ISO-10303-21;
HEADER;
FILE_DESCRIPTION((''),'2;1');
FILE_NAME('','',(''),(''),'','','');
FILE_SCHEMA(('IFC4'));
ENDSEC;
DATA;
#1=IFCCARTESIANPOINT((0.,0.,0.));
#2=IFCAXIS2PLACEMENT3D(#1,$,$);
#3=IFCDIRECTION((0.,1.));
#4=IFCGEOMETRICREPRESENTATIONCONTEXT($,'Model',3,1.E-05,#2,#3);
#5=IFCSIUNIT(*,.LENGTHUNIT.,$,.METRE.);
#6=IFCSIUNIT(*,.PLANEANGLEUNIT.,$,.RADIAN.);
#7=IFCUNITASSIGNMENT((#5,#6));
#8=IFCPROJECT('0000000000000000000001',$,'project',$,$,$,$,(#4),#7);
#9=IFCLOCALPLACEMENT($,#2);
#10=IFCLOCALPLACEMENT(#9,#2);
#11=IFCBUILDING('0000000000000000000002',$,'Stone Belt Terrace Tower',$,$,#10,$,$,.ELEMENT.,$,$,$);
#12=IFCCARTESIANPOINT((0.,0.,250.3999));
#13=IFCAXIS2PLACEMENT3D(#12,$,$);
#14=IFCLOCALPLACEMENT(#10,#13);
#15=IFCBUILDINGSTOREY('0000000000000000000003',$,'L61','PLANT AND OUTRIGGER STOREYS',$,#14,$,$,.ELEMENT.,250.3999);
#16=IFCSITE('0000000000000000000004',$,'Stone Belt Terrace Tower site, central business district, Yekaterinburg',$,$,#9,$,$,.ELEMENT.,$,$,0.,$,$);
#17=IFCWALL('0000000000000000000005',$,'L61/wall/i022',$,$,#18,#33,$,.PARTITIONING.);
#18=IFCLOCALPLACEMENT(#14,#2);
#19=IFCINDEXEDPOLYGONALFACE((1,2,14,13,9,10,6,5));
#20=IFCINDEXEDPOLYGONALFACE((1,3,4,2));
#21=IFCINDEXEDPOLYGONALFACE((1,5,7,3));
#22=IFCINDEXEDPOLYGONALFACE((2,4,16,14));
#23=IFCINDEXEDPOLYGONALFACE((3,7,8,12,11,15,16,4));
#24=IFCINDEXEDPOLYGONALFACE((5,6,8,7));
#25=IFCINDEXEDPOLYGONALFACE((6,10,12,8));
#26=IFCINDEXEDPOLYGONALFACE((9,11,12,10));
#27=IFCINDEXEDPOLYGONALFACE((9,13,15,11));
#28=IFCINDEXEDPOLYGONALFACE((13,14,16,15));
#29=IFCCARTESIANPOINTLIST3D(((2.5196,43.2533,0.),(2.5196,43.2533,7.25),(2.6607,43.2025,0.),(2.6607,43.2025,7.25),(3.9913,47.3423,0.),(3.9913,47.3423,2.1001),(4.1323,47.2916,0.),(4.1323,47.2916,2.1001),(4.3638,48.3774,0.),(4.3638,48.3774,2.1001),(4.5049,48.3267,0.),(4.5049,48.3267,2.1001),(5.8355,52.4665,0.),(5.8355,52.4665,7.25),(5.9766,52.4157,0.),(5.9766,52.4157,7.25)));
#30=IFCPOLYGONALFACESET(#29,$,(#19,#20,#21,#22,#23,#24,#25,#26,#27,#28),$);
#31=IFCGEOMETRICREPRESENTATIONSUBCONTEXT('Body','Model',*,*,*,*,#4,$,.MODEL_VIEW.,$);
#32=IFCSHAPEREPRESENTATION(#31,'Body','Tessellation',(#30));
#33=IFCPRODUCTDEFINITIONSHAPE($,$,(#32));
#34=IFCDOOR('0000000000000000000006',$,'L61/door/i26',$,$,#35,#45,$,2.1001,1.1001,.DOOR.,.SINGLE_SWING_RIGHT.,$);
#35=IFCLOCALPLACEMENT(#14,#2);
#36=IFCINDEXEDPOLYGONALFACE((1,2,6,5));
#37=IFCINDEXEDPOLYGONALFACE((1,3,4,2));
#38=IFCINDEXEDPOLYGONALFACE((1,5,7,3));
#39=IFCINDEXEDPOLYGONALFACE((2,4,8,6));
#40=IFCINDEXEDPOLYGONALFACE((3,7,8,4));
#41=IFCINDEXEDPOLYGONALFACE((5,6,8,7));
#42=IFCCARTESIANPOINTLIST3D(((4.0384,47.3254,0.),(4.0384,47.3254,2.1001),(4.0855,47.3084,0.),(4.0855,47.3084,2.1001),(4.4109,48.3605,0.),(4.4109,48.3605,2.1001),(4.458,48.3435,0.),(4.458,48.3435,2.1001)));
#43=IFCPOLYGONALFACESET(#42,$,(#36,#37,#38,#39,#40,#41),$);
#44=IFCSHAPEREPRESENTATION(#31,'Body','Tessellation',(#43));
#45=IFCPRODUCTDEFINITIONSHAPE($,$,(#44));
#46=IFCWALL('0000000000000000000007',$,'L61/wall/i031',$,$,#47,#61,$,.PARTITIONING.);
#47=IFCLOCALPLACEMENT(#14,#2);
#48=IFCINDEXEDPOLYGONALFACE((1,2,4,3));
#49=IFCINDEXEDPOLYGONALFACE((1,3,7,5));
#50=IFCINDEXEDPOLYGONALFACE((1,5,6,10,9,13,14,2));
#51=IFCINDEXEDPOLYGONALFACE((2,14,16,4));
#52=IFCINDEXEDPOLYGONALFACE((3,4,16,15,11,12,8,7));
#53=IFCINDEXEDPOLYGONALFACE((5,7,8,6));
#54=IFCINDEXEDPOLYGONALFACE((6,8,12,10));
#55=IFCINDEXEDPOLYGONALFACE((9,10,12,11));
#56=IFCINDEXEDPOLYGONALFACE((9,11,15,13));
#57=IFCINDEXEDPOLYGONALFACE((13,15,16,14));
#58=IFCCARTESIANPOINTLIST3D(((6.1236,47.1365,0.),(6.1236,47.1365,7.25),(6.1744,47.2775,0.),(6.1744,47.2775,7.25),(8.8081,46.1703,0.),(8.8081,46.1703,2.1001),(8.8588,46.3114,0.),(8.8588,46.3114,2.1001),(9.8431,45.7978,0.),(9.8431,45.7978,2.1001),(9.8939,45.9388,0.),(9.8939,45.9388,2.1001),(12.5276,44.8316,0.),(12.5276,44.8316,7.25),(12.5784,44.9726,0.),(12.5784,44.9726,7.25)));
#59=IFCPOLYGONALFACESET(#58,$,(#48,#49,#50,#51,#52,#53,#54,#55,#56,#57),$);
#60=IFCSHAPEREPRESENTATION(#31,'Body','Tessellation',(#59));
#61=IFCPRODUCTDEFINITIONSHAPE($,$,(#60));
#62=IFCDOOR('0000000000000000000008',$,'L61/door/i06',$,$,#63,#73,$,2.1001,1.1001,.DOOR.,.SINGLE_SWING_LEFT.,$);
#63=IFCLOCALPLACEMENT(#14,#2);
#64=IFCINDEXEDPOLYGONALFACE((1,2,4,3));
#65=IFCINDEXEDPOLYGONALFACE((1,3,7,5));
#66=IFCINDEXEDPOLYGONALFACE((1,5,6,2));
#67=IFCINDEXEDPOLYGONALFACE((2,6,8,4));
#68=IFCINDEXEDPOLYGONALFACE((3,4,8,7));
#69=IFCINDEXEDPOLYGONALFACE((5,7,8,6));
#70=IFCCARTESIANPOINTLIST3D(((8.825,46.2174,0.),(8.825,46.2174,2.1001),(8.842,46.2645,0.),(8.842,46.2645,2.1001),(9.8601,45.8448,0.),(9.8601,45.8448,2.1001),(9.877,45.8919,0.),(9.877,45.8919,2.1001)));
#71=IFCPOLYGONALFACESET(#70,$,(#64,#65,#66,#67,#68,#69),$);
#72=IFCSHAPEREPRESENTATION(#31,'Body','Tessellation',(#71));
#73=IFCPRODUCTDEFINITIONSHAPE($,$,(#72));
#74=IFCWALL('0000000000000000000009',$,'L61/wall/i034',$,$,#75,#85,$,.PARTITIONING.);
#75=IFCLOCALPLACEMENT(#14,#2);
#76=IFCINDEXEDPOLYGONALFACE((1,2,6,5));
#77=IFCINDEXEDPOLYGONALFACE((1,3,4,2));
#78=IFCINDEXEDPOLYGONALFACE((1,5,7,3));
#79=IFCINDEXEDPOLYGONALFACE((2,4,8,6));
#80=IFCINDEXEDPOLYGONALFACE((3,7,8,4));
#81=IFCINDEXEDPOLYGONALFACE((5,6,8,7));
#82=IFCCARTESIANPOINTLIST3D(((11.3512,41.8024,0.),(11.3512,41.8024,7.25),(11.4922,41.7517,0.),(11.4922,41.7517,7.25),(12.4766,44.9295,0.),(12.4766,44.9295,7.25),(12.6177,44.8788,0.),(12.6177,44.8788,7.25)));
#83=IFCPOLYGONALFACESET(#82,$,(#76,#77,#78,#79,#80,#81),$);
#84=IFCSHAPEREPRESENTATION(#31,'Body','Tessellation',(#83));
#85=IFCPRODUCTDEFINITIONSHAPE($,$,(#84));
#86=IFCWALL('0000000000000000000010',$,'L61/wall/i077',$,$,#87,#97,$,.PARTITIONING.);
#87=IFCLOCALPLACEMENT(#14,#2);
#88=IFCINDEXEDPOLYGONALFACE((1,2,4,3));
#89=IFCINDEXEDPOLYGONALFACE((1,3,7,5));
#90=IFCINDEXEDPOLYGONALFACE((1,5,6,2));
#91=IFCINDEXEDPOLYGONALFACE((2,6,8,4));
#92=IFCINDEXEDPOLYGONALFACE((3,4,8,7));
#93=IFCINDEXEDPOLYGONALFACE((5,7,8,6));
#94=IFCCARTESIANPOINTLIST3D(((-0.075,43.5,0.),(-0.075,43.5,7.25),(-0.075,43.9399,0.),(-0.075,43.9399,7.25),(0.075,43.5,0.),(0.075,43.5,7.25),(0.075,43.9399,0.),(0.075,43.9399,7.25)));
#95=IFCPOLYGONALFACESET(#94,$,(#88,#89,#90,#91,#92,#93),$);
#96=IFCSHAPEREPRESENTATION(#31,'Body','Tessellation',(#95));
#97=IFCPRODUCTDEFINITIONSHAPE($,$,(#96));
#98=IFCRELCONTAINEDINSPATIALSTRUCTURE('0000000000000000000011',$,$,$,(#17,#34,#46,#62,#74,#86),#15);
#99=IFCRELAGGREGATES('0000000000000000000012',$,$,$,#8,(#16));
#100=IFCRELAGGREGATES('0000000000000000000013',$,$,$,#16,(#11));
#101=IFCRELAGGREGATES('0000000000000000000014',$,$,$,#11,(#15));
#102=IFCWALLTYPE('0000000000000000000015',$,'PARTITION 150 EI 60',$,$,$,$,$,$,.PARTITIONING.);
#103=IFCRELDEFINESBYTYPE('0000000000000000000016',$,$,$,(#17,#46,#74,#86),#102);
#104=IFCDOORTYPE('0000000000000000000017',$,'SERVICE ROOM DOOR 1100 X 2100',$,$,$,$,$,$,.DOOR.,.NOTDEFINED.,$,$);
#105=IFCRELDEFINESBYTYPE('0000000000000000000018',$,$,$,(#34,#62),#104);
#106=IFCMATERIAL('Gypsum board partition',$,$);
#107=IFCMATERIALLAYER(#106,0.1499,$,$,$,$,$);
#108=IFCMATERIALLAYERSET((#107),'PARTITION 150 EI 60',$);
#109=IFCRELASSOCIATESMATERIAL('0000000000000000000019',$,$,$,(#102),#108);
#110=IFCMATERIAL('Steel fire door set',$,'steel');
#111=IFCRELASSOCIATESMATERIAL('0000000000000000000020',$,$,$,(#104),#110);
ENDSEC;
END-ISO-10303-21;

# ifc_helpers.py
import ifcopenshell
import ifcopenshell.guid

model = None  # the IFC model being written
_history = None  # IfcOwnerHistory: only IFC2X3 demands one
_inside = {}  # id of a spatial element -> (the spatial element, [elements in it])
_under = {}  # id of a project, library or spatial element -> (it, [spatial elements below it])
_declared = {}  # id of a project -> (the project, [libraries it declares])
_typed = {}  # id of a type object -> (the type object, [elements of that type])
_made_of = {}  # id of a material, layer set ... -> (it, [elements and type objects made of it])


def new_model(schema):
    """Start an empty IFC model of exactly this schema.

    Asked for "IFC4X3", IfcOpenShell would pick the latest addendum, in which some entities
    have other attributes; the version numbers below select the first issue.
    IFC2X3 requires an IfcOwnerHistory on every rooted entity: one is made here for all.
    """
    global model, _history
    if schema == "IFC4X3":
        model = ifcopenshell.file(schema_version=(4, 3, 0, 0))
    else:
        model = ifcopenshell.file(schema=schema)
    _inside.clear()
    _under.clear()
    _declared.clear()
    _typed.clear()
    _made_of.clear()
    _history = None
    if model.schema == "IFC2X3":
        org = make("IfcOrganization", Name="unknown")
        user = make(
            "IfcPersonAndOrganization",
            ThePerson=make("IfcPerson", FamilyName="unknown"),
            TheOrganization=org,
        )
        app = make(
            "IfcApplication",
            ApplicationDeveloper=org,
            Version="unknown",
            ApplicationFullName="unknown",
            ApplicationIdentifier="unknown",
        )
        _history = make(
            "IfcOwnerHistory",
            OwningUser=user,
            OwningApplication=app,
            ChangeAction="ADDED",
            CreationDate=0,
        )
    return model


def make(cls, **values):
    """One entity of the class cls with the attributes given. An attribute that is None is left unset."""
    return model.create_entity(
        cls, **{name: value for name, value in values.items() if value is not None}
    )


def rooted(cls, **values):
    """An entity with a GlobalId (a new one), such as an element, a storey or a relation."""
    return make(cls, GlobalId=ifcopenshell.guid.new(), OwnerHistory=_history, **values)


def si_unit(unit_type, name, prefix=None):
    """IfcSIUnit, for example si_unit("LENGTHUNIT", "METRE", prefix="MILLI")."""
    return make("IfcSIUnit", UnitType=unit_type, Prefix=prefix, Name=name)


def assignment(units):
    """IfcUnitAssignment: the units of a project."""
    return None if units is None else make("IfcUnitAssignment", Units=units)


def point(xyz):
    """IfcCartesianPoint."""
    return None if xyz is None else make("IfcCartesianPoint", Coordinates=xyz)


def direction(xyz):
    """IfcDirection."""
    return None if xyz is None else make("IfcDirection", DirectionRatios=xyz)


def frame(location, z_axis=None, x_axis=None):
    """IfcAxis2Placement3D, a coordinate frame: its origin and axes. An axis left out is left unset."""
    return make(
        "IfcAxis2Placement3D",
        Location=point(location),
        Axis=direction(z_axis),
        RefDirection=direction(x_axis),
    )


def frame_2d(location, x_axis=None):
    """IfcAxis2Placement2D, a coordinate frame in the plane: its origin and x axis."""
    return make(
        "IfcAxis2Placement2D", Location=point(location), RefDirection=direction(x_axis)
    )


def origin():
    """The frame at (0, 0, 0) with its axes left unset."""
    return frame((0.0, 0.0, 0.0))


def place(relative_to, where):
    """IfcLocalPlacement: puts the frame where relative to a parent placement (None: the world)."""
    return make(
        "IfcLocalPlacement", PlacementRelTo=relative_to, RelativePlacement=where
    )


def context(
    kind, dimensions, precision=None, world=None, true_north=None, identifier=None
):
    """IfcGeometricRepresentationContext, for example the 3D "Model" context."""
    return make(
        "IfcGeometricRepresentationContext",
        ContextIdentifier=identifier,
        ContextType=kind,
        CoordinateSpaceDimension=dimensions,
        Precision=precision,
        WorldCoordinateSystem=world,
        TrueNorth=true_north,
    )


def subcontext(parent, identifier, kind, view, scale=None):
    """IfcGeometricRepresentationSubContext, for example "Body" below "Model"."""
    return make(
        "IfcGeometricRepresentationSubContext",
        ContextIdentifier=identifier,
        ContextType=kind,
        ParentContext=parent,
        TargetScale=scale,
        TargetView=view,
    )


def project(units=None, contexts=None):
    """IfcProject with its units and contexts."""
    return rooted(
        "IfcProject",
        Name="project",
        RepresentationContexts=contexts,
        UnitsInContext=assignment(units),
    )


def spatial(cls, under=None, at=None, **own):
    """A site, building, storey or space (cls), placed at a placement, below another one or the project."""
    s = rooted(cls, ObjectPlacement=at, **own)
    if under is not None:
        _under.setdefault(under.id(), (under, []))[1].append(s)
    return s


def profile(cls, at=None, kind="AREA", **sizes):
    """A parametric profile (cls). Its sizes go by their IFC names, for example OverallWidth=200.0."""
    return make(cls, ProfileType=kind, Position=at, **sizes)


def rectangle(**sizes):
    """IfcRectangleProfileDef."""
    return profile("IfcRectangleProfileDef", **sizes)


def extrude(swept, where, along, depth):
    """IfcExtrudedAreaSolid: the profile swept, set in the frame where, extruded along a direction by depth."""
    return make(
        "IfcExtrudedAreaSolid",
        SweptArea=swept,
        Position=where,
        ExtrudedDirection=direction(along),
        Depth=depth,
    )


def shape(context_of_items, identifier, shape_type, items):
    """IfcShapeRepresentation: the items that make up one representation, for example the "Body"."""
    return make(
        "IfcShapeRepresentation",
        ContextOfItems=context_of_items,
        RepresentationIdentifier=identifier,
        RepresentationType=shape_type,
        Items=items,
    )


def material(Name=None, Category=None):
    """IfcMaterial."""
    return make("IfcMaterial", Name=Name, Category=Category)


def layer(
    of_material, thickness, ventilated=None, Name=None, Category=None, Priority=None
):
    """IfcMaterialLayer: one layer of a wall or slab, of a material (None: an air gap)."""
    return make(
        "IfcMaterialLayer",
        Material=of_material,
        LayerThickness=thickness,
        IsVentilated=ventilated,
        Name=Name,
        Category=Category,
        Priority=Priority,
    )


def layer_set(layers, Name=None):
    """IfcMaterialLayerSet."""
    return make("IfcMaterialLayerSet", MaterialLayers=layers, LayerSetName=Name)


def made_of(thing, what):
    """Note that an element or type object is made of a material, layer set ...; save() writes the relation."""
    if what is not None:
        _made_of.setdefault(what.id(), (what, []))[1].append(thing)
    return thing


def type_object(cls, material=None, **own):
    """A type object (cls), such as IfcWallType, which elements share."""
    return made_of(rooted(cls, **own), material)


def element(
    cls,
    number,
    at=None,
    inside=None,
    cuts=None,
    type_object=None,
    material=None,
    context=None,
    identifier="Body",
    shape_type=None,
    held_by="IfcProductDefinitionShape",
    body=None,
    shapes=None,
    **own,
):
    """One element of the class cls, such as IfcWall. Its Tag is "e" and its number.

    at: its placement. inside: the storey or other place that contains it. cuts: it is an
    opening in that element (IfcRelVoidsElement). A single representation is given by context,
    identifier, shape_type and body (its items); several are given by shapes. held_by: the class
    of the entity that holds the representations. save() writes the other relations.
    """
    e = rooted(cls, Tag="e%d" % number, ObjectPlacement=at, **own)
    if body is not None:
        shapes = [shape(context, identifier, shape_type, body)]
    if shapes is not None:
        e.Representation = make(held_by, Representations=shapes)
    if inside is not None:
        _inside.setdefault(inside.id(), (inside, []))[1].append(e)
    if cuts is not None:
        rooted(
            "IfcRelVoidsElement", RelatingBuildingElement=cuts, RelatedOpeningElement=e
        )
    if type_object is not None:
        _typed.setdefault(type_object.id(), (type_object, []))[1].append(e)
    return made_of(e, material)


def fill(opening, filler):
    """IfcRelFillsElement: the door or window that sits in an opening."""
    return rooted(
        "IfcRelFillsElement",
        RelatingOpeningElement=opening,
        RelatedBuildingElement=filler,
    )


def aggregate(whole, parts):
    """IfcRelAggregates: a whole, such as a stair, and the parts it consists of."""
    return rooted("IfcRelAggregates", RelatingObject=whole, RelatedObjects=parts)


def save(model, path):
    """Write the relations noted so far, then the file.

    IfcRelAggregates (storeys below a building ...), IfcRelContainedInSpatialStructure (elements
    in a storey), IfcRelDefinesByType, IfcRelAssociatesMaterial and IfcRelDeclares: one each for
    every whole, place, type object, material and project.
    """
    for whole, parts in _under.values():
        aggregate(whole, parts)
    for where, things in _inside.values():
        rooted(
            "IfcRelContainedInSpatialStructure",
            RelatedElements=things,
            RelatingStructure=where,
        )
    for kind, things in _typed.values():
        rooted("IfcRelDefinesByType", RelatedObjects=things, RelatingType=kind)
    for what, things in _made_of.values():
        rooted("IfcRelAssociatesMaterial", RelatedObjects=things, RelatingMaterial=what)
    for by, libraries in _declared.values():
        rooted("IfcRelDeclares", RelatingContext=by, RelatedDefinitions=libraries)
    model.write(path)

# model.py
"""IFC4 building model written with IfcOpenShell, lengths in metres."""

from ifc_helpers import new_model, si_unit, direction, frame, frame_2d, origin, place, context, subcontext, project, spatial, rectangle, extrude, material, layer, layer_set, type_object, element, fill, save


model = new_model("IFC4")

# Units and contexts
model_context = context("Model", 3, precision=1e-05, world=origin(), true_north=direction((0.0, 1.0)))
body_context = subcontext(model_context, "Body", "Model", "MODEL_VIEW")
ifc_project = project(units=[si_unit("LENGTHUNIT", "METRE"), si_unit("PLANEANGLEUNIT", "RADIAN")], contexts=[model_context])

# Site, building, storey
site_placement = place(None, origin())
site = spatial("IfcSite", under=ifc_project, at=site_placement, Name="Stone Belt Terrace Tower site, central business district, Yekaterinburg", CompositionType="ELEMENT", RefElevation=0.0)
building_placement = place(site_placement, origin())
building = spatial("IfcBuilding", under=site, at=building_placement, Name="Stone Belt Terrace Tower", CompositionType="ELEMENT")
storey_placement = place(building_placement, frame((0.0, 0.0, 250.3999)))
storey = spatial("IfcBuildingStorey", under=building, at=storey_placement, Name="L61", Description="PLANT AND OUTRIGGER STOREYS", CompositionType="ELEMENT", Elevation=250.3999)

# Walls, openings, doors
ifc_material_1 = material(Name="Gypsum board partition")
ifc_layer_1 = layer(ifc_material_1, 0.1499)
ifc_layer_set_1 = layer_set([ifc_layer_1], Name="PARTITION 150 EI 60")
wall_type = type_object("IfcWallType", Name="PARTITION 150 EI 60", PredefinedType="PARTITIONING", material=ifc_layer_set_1)
wall_1_placement = place(storey_placement, frame((2.5901, 43.2278, 0.0), z_axis=(0.0, 0.0, 1.0), x_axis=(0.338646, 0.940914, 0.0)))
wall_1 = element("IfcWall", 1, at=wall_1_placement, inside=storey, type_object=wall_type, Name="L61/wall/i022", PredefinedType="PARTITIONING", context=body_context, shape_type="SweptSolid", body=[
    extrude(rectangle(XDim=9.7917, YDim=0.1499, at=frame_2d((4.896, 0.0))), origin(), (0.0, 0.0, 1.0), 7.25),
])
opening_1_placement = place(wall_1_placement, frame((4.3459, 0.0, 0.0)))
opening_1 = element("IfcOpeningElement", 2, at=opening_1_placement, cuts=wall_1, PredefinedType="OPENING", context=body_context, shape_type="SweptSolid", body=[
    extrude(rectangle(XDim=1.1001, YDim=2.1001, at=frame_2d((0.55, 1.05))), frame((0.0, 0.085, 0.0), z_axis=(0.0, -1.0, 0.0), x_axis=(1.0, 0.0, 0.0)), (0.0, 0.0, 1.0), 0.1699),
])
ifc_material_2 = material(Name="Steel fire door set", Category="steel")
door_type = type_object("IfcDoorType", Name="SERVICE ROOM DOOR 1100 X 2100", OperationType="NOTDEFINED", PredefinedType="DOOR", material=ifc_material_2)
door_1_placement = place(opening_1_placement, origin())
door_1 = element("IfcDoor", 3, at=door_1_placement, inside=storey, type_object=door_type, Name="L61/door/i26", OperationType="SINGLE_SWING_RIGHT", OverallHeight=2.1001, OverallWidth=1.1001, PredefinedType="DOOR", context=body_context, shape_type="SweptSolid", body=[
    extrude(rectangle(XDim=1.1001, YDim=2.1001, at=frame_2d((0.55, 1.05))), frame((0.0, 0.0249, 0.0), z_axis=(0.0, -1.0, 0.0), x_axis=(1.0, 0.0, 0.0)), (0.0, 0.0, 1.0), 0.05),
])
fill(opening_1, door_1)
wall_2_placement = place(storey_placement, frame((12.553, 44.9021, 0.0), z_axis=(0.0, 0.0, 1.0), x_axis=(-0.940912, 0.338651, 0.0)))
wall_2 = element("IfcWall", 4, at=wall_2_placement, inside=storey, type_object=wall_type, Name="L61/wall/i031", PredefinedType="PARTITIONING", context=body_context, shape_type="SweptSolid", body=[
    extrude(rectangle(XDim=6.8062, YDim=0.1499, at=frame_2d((3.4031, 0.0))), origin(), (0.0, 0.0, 1.0), 7.25),
])
opening_2_placement = place(wall_2_placement, frame((2.853, 0.0, 0.0)))
opening_2 = element("IfcOpeningElement", 5, at=opening_2_placement, cuts=wall_2, PredefinedType="OPENING", context=body_context, shape_type="SweptSolid", body=[
    extrude(rectangle(XDim=1.1001, YDim=2.1001, at=frame_2d((0.55, 1.05))), frame((0.0, 0.085, 0.0), z_axis=(0.0, -1.0, 0.0), x_axis=(1.0, 0.0, 0.0)), (0.0, 0.0, 1.0), 0.1699),
])
door_2_placement = place(opening_2_placement, origin())
door_2 = element("IfcDoor", 6, at=door_2_placement, inside=storey, type_object=door_type, Name="L61/door/i06", OperationType="SINGLE_SWING_LEFT", OverallHeight=2.1001, OverallWidth=1.1001, PredefinedType="DOOR", context=body_context, shape_type="SweptSolid", body=[
    extrude(rectangle(XDim=1.1001, YDim=2.1001, at=frame_2d((0.55, 1.05))), frame((0.0, 0.0249, 0.0), z_axis=(0.0, -1.0, 0.0), x_axis=(1.0, 0.0, 0.0)), (0.0, 0.0, 1.0), 0.05),
])
fill(opening_2, door_2)

# Walls
wall_3_placement = place(storey_placement, frame((12.5471, 44.9041, 0.0), z_axis=(0.0, 0.0, 1.0), x_axis=(-0.338639, -0.940916, 0.0)))
element("IfcWall", 7, at=wall_3_placement, inside=storey, type_object=wall_type, Name="L61/wall/i034", PredefinedType="PARTITIONING", context=body_context, shape_type="SweptSolid", body=[
    extrude(rectangle(XDim=3.3235, YDim=0.1499, at=frame_2d((1.6616, 0.0))), origin(), (0.0, 0.0, 1.0), 7.25),
])
wall_4_placement = place(storey_placement, frame((0.0, 43.9399, 0.0), z_axis=(0.0, 0.0, 1.0), x_axis=(0.0, -1.0, 0.0)))
element("IfcWall", 8, at=wall_4_placement, inside=storey, type_object=wall_type, Name="L61/wall/i077", PredefinedType="PARTITIONING", context=body_context, shape_type="SweptSolid", body=[
    extrude(rectangle(XDim=0.4399, YDim=0.1499, at=frame_2d((0.22, 0.0))), origin(), (0.0, 0.0, 1.0), 7.25),
])

save(model, "model.ifc")
